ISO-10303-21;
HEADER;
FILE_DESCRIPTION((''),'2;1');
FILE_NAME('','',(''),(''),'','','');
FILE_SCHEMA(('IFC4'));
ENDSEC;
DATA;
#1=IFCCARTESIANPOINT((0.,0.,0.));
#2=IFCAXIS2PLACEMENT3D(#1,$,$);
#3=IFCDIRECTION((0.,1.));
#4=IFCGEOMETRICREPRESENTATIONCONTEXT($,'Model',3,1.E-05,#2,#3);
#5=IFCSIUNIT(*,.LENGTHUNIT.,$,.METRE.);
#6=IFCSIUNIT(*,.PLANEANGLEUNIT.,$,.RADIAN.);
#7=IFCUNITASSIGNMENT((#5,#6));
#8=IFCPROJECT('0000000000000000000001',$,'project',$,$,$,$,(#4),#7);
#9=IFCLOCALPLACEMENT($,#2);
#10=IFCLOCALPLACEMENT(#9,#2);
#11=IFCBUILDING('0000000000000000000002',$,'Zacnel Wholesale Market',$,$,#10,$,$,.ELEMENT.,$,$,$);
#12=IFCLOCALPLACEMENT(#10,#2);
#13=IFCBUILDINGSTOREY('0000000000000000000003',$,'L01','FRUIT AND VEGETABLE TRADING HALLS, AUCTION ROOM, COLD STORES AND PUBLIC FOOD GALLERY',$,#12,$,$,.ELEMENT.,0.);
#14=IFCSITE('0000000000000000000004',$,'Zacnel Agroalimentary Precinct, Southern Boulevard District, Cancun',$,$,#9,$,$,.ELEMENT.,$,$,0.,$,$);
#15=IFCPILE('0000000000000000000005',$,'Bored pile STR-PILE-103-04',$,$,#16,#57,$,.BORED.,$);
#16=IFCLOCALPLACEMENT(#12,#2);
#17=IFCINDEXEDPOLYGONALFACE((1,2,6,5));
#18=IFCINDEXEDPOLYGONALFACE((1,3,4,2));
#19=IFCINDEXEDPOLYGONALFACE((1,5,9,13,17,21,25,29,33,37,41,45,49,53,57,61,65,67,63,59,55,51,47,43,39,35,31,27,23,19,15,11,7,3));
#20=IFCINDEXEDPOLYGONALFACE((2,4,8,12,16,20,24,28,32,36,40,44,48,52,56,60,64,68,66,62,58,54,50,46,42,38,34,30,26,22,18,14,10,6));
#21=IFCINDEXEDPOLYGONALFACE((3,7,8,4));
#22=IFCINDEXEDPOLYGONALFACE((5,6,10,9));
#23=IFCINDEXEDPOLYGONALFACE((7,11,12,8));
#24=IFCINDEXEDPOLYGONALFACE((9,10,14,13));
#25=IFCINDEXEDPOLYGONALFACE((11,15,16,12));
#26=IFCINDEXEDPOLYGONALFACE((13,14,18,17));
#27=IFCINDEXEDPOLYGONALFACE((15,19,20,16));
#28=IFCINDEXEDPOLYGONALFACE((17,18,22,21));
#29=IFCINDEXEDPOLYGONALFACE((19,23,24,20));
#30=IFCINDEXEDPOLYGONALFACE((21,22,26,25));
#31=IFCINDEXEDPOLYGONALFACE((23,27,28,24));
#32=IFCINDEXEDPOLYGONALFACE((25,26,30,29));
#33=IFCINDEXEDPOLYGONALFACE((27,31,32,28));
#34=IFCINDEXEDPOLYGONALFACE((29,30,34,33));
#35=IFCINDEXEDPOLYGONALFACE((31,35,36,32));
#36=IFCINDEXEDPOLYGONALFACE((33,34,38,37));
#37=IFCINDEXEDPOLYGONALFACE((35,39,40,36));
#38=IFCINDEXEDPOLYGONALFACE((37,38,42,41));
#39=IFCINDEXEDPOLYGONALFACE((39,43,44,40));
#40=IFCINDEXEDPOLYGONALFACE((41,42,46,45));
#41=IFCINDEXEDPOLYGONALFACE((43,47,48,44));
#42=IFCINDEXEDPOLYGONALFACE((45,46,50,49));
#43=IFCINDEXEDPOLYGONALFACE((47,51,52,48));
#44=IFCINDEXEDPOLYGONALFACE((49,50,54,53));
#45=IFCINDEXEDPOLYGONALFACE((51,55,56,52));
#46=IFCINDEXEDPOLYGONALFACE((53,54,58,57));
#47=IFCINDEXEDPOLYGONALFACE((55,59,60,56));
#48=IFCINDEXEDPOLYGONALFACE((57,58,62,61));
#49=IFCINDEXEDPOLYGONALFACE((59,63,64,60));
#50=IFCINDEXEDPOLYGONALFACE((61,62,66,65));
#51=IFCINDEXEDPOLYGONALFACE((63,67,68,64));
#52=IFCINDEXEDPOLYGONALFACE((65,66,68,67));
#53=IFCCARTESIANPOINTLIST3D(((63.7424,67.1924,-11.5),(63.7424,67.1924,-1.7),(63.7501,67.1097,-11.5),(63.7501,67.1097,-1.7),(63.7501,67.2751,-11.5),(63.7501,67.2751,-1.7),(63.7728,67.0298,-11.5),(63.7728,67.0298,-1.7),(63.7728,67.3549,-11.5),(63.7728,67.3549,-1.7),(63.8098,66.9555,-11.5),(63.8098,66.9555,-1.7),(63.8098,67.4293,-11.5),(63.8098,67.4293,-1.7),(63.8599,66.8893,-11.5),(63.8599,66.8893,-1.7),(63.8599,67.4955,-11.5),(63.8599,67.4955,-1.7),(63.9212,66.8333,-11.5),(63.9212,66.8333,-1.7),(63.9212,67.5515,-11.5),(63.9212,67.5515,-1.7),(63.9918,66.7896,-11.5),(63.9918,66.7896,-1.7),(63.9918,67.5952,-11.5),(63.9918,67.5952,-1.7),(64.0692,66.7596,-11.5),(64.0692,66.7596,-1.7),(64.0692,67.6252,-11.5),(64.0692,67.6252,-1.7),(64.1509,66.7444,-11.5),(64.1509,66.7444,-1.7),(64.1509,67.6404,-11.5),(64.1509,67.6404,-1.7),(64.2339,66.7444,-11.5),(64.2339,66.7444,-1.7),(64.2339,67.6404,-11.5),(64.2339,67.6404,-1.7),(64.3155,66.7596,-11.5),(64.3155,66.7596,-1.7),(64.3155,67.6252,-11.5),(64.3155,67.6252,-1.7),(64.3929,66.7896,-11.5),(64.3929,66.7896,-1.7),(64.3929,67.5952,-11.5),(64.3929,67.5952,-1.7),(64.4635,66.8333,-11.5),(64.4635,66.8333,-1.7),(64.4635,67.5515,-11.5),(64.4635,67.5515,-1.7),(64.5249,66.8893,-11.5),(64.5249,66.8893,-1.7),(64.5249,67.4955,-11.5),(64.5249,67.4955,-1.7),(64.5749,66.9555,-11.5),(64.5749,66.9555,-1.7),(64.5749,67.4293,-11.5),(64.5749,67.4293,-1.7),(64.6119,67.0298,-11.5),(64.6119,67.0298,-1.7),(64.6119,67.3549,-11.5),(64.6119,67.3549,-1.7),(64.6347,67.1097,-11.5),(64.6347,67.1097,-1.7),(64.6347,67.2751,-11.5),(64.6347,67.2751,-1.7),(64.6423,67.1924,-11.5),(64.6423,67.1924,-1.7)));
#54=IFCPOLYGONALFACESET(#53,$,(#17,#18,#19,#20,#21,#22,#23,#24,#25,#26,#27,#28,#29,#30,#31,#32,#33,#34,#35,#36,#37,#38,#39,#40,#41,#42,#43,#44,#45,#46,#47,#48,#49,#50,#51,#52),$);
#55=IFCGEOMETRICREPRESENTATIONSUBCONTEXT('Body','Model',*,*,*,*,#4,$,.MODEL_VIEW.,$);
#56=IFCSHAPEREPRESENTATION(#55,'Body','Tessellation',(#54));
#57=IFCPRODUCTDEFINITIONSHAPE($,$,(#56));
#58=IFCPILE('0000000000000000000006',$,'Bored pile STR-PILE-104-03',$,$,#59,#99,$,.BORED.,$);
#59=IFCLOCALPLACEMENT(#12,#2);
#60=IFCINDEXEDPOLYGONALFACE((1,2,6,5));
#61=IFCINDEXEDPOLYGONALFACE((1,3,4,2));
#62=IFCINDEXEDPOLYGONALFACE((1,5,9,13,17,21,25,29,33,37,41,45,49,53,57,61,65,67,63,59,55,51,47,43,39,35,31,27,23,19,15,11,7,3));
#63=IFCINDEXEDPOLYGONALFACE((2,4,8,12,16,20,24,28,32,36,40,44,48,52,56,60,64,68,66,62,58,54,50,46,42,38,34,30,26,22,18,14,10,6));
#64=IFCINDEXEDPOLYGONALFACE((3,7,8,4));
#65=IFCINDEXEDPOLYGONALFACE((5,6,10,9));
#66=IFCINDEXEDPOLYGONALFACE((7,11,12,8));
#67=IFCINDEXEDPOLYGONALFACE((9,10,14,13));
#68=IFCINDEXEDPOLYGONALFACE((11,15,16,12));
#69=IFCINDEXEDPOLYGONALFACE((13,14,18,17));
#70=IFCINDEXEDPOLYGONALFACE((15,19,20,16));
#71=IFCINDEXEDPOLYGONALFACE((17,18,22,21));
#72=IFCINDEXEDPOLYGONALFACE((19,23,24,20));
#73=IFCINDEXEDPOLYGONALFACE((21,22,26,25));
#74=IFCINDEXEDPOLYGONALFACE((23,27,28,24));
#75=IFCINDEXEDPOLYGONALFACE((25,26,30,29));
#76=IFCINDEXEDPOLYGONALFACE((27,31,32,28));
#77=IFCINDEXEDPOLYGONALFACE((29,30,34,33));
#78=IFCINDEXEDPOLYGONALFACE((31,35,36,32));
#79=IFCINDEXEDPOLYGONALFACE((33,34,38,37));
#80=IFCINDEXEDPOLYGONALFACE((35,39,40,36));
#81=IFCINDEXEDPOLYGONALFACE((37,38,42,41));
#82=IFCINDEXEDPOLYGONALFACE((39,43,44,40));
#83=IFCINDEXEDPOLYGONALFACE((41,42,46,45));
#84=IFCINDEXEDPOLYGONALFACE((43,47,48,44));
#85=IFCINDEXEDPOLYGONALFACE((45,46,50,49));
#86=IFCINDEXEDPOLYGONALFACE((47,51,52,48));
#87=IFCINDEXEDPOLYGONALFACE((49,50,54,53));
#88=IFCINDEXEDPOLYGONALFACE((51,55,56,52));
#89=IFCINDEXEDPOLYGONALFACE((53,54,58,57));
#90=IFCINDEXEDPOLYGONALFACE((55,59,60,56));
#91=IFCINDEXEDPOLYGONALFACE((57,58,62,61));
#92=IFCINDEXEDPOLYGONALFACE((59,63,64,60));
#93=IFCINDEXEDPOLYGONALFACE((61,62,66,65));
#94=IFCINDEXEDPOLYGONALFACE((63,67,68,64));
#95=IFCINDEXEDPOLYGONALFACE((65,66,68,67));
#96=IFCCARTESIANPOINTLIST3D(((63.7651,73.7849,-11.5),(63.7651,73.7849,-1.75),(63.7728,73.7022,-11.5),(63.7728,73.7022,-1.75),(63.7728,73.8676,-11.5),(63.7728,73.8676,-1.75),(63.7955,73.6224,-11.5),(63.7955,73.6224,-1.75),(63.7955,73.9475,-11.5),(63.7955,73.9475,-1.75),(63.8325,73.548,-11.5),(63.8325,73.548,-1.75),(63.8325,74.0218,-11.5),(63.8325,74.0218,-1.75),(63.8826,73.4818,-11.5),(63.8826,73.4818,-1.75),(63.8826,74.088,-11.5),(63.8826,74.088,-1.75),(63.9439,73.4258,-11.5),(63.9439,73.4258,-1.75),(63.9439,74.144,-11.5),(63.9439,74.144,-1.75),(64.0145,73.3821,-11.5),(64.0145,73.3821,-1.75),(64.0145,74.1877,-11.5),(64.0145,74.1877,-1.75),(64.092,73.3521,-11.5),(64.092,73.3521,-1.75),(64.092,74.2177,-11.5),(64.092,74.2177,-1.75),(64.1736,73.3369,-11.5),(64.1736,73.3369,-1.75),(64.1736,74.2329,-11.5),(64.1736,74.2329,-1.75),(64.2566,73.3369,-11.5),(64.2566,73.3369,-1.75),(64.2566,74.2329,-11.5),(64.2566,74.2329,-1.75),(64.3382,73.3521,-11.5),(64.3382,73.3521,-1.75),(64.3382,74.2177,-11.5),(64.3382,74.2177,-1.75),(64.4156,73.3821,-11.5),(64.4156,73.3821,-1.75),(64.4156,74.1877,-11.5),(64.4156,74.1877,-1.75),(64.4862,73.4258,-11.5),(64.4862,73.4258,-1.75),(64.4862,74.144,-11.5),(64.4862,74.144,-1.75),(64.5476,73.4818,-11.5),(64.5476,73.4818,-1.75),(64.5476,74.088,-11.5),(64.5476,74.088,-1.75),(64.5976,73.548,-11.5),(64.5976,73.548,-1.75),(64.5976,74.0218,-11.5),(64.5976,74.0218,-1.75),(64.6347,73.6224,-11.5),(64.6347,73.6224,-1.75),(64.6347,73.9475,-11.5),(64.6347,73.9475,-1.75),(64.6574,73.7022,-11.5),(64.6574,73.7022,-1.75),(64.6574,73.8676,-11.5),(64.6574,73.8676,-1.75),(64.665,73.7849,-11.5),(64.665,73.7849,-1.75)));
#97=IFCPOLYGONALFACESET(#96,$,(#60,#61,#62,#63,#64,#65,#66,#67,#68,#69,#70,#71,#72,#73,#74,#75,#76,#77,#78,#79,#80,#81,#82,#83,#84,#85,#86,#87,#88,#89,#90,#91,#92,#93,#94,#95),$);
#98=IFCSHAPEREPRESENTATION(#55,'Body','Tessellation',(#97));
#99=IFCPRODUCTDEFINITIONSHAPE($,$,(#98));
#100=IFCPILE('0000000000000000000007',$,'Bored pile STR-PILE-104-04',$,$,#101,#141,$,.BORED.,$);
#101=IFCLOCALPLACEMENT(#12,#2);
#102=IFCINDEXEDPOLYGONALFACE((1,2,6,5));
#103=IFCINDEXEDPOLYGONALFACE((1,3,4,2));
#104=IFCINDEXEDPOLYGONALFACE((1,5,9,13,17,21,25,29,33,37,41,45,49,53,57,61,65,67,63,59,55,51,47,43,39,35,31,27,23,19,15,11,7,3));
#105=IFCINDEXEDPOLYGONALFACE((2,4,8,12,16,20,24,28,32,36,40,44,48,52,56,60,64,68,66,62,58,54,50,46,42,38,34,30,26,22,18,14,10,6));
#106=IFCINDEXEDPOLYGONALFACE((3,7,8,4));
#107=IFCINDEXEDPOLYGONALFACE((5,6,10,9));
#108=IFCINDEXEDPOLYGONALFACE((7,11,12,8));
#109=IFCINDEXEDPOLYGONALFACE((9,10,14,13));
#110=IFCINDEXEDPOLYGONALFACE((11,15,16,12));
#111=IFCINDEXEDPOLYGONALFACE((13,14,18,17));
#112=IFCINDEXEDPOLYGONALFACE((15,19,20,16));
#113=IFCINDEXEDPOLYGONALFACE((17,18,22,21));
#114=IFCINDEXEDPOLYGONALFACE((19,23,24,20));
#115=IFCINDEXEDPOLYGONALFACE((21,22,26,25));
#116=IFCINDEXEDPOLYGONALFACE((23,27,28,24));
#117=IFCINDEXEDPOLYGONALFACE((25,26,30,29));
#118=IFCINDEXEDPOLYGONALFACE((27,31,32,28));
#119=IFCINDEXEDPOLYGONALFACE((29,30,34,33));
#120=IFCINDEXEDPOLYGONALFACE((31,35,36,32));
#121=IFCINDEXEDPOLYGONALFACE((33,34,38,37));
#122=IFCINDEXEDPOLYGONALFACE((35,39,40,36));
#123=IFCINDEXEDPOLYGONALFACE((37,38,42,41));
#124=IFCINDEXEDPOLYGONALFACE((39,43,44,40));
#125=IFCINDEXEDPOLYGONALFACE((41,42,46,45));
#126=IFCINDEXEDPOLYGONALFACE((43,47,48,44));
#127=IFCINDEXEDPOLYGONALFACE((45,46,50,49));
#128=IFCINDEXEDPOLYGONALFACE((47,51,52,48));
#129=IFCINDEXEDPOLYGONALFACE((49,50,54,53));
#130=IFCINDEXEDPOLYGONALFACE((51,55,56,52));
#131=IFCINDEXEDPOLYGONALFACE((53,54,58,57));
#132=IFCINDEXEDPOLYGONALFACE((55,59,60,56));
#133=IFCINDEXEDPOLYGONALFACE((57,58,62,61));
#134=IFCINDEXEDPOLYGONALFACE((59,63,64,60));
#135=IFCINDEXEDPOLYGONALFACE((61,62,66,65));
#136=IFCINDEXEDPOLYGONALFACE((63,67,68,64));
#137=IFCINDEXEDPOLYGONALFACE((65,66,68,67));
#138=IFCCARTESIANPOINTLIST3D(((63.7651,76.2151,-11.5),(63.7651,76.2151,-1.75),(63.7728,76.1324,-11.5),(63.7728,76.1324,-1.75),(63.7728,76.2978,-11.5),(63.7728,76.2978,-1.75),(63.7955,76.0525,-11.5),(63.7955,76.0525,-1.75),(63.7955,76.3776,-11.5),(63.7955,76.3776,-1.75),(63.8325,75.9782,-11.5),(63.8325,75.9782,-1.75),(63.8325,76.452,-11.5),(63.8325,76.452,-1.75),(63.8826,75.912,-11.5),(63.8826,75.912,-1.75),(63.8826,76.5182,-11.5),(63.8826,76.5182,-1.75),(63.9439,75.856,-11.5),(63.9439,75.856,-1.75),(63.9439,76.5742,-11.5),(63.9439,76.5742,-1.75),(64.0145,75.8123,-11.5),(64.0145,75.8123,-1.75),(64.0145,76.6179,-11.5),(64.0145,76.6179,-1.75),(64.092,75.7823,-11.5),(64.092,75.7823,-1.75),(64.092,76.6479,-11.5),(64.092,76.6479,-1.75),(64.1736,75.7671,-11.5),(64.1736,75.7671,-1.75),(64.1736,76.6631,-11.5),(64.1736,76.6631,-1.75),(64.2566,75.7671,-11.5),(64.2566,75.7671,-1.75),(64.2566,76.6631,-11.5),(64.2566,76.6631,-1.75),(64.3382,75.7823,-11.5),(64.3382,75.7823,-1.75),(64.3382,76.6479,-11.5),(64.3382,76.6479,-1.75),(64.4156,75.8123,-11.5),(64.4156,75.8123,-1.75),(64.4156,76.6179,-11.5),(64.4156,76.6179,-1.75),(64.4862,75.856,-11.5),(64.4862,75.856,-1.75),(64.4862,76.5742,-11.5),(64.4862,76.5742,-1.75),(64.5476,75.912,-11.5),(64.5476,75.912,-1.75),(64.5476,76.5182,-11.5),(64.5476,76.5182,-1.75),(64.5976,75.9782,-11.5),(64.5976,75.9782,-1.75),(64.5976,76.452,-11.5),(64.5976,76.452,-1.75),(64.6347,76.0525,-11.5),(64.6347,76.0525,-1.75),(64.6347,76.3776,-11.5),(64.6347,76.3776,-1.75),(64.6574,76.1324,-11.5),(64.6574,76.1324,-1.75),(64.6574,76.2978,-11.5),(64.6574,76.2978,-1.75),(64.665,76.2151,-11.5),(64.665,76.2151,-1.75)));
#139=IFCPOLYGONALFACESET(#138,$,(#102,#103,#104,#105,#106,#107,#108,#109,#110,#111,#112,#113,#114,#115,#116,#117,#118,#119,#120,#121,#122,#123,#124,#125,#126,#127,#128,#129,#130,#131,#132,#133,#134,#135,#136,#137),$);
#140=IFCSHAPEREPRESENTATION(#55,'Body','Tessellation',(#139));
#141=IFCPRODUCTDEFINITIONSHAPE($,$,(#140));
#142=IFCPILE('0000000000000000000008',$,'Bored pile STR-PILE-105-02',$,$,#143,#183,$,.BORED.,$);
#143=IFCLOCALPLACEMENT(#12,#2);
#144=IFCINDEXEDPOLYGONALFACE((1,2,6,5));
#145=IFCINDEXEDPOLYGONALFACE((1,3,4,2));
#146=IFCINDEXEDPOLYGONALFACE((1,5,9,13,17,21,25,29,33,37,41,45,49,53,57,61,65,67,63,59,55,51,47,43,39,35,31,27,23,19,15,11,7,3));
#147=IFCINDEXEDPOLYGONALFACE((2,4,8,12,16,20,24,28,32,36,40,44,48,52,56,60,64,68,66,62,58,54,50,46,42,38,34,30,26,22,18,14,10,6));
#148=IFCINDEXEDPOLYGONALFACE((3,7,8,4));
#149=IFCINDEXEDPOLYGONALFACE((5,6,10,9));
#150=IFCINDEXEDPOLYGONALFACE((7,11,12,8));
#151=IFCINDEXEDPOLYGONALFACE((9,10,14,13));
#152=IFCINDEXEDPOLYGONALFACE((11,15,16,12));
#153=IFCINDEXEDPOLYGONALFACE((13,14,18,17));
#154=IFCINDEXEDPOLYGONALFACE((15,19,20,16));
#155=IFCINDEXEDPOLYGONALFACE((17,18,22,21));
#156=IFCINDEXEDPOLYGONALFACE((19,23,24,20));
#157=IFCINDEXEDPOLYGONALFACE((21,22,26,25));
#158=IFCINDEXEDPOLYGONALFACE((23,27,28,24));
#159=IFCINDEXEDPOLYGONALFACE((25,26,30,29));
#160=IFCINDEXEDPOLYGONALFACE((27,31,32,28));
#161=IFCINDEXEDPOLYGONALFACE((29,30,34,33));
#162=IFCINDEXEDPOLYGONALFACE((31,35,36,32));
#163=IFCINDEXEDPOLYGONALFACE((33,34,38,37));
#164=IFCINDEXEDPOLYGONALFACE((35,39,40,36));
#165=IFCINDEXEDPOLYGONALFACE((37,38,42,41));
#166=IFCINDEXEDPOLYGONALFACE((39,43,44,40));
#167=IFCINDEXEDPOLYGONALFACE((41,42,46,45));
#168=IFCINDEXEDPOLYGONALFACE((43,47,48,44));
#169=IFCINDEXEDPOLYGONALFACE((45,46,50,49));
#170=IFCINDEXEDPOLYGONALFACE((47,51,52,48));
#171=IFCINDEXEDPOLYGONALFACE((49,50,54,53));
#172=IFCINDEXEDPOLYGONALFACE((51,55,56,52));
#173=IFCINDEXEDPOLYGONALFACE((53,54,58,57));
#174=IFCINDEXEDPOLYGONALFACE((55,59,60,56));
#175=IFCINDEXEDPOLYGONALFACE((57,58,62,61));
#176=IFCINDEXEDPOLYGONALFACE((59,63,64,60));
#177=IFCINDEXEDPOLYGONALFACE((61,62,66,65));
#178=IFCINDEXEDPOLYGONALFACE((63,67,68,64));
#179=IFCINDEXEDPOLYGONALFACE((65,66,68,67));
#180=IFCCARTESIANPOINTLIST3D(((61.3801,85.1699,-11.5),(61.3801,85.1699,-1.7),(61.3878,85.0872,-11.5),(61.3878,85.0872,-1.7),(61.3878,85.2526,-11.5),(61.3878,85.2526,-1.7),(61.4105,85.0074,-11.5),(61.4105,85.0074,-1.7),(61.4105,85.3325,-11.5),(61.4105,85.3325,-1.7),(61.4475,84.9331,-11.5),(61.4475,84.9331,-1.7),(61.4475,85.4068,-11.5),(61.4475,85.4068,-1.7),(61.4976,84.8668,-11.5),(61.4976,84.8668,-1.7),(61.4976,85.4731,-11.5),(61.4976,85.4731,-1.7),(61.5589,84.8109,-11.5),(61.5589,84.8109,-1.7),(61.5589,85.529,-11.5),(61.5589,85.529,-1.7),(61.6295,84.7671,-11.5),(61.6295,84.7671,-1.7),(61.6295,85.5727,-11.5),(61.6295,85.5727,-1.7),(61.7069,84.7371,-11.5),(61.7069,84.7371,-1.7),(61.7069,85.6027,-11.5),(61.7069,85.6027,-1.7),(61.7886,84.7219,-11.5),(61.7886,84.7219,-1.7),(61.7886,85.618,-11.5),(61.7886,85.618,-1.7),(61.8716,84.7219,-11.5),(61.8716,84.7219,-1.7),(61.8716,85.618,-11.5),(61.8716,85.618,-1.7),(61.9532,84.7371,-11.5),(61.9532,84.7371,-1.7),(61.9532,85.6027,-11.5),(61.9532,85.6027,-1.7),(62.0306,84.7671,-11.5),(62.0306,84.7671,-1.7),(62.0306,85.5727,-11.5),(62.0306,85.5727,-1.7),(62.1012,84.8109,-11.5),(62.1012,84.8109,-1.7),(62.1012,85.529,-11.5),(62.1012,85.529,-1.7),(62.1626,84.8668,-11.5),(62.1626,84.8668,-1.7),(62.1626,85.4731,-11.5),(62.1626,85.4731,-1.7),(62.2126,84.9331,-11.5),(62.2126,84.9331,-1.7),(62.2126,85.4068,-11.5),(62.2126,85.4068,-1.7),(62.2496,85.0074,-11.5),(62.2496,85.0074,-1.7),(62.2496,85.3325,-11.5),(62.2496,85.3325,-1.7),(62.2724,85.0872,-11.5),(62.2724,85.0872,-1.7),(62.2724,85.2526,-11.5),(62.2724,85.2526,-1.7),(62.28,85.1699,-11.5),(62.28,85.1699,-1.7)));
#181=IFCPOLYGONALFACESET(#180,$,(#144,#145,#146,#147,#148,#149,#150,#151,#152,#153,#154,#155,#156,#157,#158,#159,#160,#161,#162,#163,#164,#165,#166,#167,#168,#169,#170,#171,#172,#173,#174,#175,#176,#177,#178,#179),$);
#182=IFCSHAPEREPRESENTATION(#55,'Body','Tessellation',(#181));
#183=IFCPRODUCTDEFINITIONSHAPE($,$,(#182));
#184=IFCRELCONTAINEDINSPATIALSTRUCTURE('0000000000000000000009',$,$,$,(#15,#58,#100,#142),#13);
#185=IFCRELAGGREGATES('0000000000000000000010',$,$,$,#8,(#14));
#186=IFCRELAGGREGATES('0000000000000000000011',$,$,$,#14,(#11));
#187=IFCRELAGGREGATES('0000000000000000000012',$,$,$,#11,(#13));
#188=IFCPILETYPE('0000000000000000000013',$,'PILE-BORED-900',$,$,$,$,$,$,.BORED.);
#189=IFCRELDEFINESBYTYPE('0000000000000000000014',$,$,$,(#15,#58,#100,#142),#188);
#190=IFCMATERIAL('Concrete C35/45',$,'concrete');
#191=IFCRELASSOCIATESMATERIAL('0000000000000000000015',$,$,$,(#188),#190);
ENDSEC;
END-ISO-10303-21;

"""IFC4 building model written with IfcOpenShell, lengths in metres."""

from ifc_helpers import new_model, si_unit, direction, frame, origin, origin_2d, place, context, subcontext, project, spatial, circle, extrude, material, material_profile, profile_set, type_object, element, save


model = new_model("IFC4")

# Units and contexts
model_context = context("Model", 3, precision=1e-05, world=origin(), true_north=direction((0.0, 1.0)))
body_context = subcontext(model_context, "Body", "Model", "MODEL_VIEW")
ifc_project = project(units=[si_unit("LENGTHUNIT", "METRE"), si_unit("PLANEANGLEUNIT", "RADIAN")], contexts=[model_context])

# Site, building, storey
site_placement = place(None, origin())
site = spatial("IfcSite", under=ifc_project, at=site_placement, Name="Zacnel Agroalimentary Precinct, Southern Boulevard District, Cancun", CompositionType="ELEMENT", RefElevation=0.0)
building_placement = place(site_placement, origin())
building = spatial("IfcBuilding", under=site, at=building_placement, Name="Zacnel Wholesale Market", CompositionType="ELEMENT")
storey_placement = place(building_placement, origin())
storey = spatial("IfcBuildingStorey", under=building, at=storey_placement, Name="L01", Description="FRUIT AND VEGETABLE TRADING HALLS, AUCTION ROOM, COLD STORES AND PUBLIC FOOD GALLERY", CompositionType="ELEMENT", Elevation=0.0)

# Piles
ifc_material_1 = material(Name="Concrete C35/45", Category="concrete")
ifc_material_profile_1 = material_profile(ifc_material_1, circle(Radius=0.45, at=origin_2d()), Name="BORED PILE D900")
ifc_profile_set_1 = profile_set([ifc_material_profile_1], Name="Concrete C35/45")
pile_type_1 = type_object("IfcPileType", Name="PILE-BORED-900", PredefinedType="BORED", material=ifc_profile_set_1)
pile_1_placement = place(storey_placement, frame((64.1924, 67.1924, -1.7), z_axis=(0.0, 0.0, -1.0), x_axis=(1.0, 0.0, 0.0)))
element("IfcPile", 1, at=pile_1_placement, inside=storey, type_object=pile_type_1, Name="Bored pile STR-PILE-103-04", PredefinedType="BORED", context=body_context, shape_type="SweptSolid", body=[
    extrude(circle(Radius=0.45, at=origin_2d()), origin(), (0.0, 0.0, 1.0), 9.8),
])
for number, where, z_axis, x_axis, name in (
    (2, (64.2151, 73.7849, -1.75), (0.0, 0.0, -1.0), (1.0, 0.0, 0.0), "Bored pile STR-PILE-104-03"),
    (3, (64.2151, 76.2151, -1.75), (0.0, 0.0, -1.0), (1.0, 0.0, 0.0), "Bored pile STR-PILE-104-04"),
):
    element("IfcPile", number, at=place(storey_placement, frame(where, z_axis=z_axis, x_axis=x_axis)), inside=storey, type_object=pile_type_1, Name=name, PredefinedType="BORED", context=body_context, shape_type="SweptSolid", body=[
        extrude(circle(Radius=0.45, at=origin_2d()), origin(), (0.0, 0.0, 1.0), 9.75),
    ])
for number, where, z_axis, x_axis, name in (
    (4, (61.8301, 85.1699, -1.7), (0.0, 0.0, -1.0), (1.0, 0.0, 0.0), "Bored pile STR-PILE-105-02"),
):
    element("IfcPile", number, at=place(storey_placement, frame(where, z_axis=z_axis, x_axis=x_axis)), inside=storey, type_object=pile_type_1, Name=name, PredefinedType="BORED", context=body_context, shape_type="SweptSolid", body=[
        extrude(circle(Radius=0.45, at=origin_2d()), origin(), (0.0, 0.0, 1.0), 9.8),
    ])

save(model, "model.ifc")
